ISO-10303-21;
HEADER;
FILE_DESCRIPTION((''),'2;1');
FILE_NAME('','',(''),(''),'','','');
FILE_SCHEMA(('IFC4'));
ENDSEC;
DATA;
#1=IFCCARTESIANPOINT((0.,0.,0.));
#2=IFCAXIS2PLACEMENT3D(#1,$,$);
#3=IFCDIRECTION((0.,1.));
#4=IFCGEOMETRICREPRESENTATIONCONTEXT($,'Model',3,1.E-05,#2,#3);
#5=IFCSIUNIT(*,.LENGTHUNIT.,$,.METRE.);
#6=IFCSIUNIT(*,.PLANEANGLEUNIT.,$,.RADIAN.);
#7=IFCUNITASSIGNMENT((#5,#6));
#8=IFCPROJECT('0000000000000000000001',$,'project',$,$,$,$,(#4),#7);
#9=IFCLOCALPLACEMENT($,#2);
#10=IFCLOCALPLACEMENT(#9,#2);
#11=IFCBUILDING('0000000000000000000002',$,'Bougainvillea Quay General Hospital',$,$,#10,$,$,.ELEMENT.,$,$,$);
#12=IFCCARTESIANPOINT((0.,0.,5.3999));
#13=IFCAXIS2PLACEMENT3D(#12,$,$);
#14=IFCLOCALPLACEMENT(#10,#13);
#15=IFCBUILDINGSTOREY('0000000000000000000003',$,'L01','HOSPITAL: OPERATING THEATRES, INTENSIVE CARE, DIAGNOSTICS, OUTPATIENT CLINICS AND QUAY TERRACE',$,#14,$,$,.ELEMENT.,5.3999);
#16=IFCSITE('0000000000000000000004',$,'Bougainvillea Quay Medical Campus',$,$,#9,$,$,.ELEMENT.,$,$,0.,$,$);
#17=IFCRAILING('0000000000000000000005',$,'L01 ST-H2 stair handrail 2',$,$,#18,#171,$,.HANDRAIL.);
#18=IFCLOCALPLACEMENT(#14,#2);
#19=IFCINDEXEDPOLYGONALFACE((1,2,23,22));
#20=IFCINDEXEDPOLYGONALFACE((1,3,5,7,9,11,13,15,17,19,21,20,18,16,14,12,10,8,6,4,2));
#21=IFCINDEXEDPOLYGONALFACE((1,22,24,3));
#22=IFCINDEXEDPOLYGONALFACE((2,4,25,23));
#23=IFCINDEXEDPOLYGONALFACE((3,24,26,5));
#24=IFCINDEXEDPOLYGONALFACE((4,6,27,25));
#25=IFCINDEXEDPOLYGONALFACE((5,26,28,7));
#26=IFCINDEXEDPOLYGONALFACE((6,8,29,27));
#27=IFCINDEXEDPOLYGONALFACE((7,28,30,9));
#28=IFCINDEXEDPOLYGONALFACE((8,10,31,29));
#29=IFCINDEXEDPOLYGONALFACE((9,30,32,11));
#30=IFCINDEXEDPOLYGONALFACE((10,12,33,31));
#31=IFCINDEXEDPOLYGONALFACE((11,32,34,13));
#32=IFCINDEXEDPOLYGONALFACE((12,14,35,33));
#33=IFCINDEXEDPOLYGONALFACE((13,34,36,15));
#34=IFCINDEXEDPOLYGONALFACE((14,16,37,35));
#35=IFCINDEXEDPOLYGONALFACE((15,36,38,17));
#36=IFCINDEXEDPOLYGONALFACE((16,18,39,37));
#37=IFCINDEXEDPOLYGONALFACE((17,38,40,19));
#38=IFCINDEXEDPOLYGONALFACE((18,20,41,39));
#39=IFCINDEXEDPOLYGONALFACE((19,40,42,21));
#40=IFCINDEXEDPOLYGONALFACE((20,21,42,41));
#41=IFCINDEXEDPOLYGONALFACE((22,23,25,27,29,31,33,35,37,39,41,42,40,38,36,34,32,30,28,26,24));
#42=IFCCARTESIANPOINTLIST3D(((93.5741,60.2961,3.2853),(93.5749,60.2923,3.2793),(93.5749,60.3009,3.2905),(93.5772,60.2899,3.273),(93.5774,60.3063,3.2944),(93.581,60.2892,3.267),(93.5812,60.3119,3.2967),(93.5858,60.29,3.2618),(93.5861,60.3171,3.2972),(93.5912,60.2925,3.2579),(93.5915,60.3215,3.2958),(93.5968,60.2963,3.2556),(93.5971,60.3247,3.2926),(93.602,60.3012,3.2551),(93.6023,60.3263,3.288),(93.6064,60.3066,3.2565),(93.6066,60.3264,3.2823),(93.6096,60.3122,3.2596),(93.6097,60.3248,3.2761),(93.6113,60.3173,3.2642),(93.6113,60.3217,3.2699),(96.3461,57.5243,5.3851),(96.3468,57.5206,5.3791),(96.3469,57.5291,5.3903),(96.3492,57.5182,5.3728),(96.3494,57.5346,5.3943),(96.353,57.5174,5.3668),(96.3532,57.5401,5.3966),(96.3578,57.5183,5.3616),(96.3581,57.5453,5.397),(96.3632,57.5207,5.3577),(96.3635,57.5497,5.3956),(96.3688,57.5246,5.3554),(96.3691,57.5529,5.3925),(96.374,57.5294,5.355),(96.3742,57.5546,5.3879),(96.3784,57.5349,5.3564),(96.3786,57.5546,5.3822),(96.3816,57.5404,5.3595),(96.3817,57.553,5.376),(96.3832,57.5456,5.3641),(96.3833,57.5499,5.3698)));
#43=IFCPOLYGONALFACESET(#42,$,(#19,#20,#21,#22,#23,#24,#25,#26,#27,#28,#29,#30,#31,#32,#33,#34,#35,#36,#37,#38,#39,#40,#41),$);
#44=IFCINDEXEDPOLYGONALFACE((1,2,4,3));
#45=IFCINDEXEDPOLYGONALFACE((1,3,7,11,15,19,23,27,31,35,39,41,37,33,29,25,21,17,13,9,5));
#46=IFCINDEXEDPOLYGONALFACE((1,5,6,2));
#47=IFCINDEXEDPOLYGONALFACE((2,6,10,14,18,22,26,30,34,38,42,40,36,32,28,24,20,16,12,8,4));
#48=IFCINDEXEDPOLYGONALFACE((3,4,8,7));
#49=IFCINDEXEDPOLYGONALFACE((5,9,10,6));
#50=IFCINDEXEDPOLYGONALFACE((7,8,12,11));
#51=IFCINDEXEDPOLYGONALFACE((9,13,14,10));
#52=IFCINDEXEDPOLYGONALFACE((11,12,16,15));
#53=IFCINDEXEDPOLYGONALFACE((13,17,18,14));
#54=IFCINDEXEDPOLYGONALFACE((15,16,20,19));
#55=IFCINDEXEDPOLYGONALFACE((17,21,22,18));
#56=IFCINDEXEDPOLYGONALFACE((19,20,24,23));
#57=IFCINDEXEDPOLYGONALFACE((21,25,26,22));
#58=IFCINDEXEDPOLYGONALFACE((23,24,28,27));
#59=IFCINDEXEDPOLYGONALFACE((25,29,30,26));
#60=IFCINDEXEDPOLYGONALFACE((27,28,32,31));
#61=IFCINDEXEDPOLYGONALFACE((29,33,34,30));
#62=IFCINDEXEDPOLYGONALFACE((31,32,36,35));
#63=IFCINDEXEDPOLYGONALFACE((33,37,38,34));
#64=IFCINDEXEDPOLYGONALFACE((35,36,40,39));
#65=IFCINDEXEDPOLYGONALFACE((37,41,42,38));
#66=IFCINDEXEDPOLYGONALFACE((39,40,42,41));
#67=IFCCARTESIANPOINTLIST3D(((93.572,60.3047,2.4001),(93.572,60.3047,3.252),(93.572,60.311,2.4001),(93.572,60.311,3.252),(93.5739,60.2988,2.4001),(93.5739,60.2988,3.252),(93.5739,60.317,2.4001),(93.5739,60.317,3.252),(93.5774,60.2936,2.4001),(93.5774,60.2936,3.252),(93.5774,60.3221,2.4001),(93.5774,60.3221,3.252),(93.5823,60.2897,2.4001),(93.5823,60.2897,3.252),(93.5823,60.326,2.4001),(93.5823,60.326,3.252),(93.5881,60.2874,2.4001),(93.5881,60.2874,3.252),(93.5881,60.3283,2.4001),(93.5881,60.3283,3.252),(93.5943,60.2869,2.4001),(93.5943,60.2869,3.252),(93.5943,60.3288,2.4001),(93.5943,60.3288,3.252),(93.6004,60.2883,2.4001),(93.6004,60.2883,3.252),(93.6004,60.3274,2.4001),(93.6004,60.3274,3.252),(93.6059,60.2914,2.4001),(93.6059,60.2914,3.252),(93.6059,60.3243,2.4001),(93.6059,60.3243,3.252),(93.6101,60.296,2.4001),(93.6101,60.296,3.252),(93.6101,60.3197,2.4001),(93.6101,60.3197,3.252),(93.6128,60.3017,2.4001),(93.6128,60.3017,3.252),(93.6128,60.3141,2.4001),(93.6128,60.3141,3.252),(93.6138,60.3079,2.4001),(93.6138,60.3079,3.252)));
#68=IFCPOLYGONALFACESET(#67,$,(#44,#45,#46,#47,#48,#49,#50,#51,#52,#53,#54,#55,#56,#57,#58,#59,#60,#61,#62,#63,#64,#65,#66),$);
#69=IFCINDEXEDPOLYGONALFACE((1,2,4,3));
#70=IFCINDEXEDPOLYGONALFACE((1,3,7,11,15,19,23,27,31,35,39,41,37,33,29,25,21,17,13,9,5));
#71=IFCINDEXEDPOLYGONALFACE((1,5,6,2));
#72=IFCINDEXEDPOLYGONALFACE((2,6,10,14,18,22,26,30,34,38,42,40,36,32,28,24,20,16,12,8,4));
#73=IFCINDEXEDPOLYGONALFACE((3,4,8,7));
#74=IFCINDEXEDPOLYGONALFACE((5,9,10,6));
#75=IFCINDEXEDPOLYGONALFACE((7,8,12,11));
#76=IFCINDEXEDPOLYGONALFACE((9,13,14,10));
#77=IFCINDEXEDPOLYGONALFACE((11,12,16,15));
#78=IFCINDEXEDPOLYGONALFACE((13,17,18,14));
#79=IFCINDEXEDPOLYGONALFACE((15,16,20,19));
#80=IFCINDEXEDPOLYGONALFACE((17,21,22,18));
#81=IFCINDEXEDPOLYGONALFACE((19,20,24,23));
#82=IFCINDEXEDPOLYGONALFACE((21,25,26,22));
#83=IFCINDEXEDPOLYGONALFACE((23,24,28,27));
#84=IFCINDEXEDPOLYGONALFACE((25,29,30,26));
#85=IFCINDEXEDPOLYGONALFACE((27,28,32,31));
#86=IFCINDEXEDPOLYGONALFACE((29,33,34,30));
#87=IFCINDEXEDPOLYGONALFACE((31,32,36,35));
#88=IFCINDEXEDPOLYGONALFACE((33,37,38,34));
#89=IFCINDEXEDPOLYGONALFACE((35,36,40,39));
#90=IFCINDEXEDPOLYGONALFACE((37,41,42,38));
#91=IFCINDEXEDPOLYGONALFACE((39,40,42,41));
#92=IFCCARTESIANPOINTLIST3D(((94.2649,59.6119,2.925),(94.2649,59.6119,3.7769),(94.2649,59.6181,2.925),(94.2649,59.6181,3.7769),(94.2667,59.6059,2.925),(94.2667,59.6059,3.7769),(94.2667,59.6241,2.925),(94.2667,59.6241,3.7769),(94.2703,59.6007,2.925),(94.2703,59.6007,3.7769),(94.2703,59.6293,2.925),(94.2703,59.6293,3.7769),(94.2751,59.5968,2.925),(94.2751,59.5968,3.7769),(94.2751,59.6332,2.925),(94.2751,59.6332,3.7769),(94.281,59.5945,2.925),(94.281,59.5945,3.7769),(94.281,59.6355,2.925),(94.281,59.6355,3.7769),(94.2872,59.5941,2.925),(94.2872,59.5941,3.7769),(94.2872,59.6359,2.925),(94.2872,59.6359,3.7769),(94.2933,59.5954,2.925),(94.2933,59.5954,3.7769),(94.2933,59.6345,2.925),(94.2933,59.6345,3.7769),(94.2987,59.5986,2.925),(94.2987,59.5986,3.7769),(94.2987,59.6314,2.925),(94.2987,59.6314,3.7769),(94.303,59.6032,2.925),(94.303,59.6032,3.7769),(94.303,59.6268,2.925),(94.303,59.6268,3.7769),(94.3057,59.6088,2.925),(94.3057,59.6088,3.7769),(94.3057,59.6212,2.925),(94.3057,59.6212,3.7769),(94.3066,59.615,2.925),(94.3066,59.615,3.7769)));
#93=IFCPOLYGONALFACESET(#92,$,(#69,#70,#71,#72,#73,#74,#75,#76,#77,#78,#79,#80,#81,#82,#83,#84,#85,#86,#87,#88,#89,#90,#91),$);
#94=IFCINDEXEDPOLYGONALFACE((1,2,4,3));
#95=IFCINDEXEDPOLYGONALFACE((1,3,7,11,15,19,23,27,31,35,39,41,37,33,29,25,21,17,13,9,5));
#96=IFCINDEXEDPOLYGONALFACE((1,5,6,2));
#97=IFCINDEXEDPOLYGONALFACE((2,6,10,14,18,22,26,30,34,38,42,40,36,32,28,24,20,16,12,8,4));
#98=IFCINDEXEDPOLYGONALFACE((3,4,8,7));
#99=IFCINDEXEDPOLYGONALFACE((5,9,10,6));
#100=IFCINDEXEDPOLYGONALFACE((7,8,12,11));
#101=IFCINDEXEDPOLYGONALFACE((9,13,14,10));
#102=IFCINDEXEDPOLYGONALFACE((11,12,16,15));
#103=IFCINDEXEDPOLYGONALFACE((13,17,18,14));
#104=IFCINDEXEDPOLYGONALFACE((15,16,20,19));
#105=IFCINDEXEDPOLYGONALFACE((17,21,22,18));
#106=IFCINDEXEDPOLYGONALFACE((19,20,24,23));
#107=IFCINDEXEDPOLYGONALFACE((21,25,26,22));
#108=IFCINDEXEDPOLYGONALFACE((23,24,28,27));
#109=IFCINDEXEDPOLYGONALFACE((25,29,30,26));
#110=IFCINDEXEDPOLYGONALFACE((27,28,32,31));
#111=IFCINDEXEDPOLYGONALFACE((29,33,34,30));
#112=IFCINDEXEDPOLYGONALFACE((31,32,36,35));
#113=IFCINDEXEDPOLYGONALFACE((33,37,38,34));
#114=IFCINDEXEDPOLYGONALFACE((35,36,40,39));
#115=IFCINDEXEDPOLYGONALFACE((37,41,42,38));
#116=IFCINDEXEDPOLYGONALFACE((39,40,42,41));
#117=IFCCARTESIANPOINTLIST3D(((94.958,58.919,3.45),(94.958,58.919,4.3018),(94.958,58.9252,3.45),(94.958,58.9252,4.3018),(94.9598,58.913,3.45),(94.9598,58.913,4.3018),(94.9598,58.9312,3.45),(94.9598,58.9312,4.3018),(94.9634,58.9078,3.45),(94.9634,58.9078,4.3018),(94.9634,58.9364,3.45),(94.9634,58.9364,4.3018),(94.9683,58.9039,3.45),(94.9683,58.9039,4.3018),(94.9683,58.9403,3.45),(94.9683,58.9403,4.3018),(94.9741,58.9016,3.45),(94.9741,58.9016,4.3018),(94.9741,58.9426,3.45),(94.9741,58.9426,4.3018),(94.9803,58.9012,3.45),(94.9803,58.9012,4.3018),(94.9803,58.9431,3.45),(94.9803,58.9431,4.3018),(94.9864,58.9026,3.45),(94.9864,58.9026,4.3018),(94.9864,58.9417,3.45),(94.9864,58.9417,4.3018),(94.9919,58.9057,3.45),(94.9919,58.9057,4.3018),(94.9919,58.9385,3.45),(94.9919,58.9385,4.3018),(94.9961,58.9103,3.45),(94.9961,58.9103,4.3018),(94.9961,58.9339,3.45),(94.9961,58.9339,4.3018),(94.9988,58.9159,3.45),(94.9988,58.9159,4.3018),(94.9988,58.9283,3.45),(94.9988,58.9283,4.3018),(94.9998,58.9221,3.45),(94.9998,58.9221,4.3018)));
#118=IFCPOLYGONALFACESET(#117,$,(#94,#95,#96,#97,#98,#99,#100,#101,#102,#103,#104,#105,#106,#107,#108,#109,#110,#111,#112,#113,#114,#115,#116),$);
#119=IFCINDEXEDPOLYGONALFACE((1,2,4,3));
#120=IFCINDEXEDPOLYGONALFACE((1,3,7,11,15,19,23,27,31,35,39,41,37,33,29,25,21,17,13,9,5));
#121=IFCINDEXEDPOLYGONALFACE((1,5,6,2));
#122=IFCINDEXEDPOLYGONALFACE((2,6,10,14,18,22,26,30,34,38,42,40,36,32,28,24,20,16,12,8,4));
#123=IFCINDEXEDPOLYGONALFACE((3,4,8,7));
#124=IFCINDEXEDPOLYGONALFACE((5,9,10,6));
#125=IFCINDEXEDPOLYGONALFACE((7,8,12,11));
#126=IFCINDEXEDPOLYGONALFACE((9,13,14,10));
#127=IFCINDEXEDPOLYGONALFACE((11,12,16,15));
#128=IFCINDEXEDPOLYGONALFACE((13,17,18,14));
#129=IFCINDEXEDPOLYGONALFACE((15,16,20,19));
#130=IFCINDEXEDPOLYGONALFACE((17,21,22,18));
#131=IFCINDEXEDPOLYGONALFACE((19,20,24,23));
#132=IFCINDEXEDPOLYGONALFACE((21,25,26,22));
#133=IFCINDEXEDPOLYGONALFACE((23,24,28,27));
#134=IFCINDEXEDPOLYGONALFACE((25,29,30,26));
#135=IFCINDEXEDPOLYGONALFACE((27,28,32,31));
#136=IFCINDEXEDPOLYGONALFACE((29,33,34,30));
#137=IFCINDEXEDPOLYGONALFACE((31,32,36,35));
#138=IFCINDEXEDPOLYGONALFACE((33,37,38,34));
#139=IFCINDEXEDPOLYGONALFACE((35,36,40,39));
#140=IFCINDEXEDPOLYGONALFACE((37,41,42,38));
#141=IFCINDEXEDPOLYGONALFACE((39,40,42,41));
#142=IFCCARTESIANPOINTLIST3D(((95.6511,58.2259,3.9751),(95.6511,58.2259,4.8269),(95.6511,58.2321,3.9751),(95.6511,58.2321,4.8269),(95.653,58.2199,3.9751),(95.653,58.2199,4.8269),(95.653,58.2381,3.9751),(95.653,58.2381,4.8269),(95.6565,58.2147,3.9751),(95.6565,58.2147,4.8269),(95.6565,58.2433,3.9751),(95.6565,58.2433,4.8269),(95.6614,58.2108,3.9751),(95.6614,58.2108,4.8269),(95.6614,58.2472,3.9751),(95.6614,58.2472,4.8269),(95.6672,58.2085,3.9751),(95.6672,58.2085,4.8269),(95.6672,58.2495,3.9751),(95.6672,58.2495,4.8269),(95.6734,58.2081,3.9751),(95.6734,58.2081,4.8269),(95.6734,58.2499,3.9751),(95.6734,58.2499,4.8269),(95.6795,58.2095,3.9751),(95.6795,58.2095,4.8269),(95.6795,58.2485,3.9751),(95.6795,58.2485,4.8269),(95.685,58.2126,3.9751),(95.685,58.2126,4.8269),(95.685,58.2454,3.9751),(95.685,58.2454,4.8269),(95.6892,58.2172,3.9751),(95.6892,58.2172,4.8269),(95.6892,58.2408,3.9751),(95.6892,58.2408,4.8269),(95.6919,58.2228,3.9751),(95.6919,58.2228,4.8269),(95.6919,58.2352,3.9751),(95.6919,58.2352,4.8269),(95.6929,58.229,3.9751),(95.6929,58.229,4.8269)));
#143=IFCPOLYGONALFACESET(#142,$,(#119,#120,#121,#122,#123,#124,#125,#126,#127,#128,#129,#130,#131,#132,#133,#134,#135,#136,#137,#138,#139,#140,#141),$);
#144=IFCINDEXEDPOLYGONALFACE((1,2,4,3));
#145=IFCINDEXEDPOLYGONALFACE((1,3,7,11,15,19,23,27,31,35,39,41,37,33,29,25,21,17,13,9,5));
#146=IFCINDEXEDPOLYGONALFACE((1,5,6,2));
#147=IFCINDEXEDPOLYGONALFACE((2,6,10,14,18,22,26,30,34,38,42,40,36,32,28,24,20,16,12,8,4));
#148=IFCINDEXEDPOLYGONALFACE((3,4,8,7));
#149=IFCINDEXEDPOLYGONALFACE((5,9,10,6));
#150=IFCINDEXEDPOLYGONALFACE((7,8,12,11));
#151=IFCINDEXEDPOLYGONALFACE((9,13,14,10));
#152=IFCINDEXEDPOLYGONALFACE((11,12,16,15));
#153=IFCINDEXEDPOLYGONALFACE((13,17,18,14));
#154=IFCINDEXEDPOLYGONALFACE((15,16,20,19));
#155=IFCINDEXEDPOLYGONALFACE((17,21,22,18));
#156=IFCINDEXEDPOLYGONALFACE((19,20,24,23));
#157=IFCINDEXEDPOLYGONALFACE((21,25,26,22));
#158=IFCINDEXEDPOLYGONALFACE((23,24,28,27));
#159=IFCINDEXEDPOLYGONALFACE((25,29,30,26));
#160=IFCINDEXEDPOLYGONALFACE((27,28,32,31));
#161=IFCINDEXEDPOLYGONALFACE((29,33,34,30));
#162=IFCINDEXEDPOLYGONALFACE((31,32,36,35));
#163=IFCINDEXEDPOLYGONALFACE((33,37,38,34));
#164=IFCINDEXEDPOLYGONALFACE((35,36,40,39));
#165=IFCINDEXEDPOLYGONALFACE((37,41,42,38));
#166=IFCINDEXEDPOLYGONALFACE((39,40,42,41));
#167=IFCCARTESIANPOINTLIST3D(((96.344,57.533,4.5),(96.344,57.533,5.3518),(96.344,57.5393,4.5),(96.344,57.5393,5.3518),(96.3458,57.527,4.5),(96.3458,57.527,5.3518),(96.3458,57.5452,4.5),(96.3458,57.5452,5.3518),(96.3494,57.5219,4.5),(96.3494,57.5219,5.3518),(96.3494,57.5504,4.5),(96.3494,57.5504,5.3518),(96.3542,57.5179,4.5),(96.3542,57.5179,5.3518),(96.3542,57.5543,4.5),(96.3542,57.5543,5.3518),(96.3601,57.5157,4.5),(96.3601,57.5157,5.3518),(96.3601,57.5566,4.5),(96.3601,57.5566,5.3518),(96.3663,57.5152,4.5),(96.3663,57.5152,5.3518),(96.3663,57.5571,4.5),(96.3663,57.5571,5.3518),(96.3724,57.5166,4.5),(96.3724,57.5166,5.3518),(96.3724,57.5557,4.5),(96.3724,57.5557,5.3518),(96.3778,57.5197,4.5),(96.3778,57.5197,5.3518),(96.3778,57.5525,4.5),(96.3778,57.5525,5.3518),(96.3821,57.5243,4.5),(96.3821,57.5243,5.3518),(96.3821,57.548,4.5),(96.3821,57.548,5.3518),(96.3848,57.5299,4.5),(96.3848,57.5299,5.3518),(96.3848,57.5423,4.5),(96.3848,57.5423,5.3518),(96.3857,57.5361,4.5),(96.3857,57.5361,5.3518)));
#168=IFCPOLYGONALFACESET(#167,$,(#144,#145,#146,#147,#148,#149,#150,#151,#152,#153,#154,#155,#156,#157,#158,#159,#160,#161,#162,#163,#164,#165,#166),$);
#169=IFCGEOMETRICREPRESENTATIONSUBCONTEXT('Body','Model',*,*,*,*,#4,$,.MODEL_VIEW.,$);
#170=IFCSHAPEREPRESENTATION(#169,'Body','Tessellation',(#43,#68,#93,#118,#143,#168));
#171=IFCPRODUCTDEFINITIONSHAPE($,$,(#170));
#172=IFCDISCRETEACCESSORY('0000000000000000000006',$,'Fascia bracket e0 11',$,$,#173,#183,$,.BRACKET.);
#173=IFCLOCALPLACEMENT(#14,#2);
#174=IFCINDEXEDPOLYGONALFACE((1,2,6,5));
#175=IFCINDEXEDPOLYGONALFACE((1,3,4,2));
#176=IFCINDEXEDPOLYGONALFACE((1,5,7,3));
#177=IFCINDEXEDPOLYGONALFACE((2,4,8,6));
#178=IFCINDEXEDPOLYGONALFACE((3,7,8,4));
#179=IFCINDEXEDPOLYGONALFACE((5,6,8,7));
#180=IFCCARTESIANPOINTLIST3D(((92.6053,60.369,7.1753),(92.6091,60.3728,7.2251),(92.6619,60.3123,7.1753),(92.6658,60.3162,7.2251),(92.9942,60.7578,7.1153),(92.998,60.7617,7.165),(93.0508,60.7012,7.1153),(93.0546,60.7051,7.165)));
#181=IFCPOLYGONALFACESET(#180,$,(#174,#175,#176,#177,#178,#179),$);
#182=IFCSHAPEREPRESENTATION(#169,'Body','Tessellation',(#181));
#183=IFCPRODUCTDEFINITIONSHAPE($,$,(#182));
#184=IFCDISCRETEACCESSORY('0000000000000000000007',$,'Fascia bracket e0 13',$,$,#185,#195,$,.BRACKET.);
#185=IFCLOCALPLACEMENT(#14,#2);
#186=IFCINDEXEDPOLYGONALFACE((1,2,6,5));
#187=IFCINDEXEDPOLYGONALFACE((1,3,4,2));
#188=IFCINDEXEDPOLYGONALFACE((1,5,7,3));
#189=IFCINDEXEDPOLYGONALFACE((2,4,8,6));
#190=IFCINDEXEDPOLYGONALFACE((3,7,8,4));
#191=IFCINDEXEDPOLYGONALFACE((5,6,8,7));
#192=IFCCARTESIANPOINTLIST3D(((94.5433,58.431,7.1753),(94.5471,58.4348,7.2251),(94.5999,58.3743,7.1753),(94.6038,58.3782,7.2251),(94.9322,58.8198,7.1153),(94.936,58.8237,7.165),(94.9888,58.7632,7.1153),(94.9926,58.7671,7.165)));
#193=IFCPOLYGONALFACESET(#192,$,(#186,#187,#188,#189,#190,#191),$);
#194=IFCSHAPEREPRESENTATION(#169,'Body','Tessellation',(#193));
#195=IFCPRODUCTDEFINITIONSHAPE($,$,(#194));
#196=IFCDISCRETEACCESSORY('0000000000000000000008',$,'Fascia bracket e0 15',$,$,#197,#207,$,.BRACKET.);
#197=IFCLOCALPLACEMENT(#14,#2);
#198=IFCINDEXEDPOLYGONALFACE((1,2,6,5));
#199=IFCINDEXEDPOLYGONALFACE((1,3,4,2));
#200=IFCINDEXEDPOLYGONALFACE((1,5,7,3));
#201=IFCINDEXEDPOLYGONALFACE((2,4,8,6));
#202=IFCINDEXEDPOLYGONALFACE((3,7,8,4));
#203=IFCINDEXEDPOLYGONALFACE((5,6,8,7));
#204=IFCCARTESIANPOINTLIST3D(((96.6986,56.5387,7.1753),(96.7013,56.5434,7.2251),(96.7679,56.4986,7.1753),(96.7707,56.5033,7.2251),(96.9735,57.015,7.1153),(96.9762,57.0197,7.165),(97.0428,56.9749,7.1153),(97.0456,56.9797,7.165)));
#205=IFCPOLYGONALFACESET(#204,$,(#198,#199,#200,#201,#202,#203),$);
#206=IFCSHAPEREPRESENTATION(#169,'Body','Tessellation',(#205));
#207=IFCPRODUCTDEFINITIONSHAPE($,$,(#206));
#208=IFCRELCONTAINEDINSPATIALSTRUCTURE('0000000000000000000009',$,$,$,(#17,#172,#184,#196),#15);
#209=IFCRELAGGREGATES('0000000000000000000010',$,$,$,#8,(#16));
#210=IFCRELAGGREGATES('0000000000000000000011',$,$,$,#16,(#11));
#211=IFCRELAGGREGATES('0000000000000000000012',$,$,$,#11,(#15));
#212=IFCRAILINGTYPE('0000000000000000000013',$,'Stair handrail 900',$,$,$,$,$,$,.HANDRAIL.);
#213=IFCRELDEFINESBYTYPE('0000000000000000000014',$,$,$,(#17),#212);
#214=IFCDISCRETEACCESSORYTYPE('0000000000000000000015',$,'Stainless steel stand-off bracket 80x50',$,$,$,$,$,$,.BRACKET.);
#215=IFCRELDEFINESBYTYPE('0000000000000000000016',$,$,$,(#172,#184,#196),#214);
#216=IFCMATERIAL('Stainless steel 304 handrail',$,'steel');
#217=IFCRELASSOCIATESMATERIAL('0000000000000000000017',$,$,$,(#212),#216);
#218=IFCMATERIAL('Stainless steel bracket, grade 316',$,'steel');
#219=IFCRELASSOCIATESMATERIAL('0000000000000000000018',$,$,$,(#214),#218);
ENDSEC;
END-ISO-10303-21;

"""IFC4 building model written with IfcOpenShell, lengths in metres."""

from ifc_helpers import new_model, si_unit, direction, frame, origin, origin_2d, place, context, subcontext, project, spatial, rectangle, circle, extrude, material, material_profile, profile_set, type_object, element, save


model = new_model("IFC4")

# Units and contexts
model_context = context("Model", 3, precision=1e-05, world=origin(), true_north=direction((0.0, 1.0)))
body_context = subcontext(model_context, "Body", "Model", "MODEL_VIEW")
ifc_project = project(units=[si_unit("LENGTHUNIT", "METRE"), si_unit("PLANEANGLEUNIT", "RADIAN")], contexts=[model_context])

# Site, building, storey
site_placement = place(None, origin())
site = spatial("IfcSite", under=ifc_project, at=site_placement, Name="Bougainvillea Quay Medical Campus", CompositionType="ELEMENT", RefElevation=0.0)
building_placement = place(site_placement, origin())
building = spatial("IfcBuilding", under=site, at=building_placement, Name="Bougainvillea Quay General Hospital", CompositionType="ELEMENT")
storey_placement = place(building_placement, frame((0.0, 0.0, 5.3999)))
storey = spatial("IfcBuildingStorey", under=building, at=storey_placement, Name="L01", Description="HOSPITAL: OPERATING THEATRES, INTENSIVE CARE, DIAGNOSTICS, OUTPATIENT CLINICS AND QUAY TERRACE", CompositionType="ELEMENT", Elevation=5.3999)

# Railing
ifc_material_1 = material(Name="Stainless steel 304 handrail", Category="steel")
railing_type_1 = type_object("IfcRailingType", Name="Stair handrail 900", PredefinedType="HANDRAIL", material=ifc_material_1)
railing_1_placement = place(storey_placement, frame((93.5928, 60.3079, 2.4001)))
element("IfcRailing", 1, at=railing_1_placement, inside=storey, type_object=railing_type_1, Name="L01 ST-H2 stair handrail 2", PredefinedType="HANDRAIL", context=body_context, shape_type="SweptSolid", body=[
    extrude(circle(Radius=0.0239, at=origin_2d()), frame((0.0, 0.0, 0.876), z_axis=(0.623337, -0.623282, 0.472197), x_axis=(0.707076, 0.707138, 0.0)), (0.0, 0.0, 1.0), 4.447),
    extrude(circle(Radius=0.021, at=origin_2d()), origin(), (0.0, 0.0, 1.0), 0.8518),
    extrude(circle(Radius=0.021, at=origin_2d()), frame((0.6929, -0.6929, 0.5249)), (0.0, 0.0, 1.0), 0.8518),
    extrude(circle(Radius=0.021, at=origin_2d()), frame((1.386, -1.3857, 1.0498)), (0.0, 0.0, 1.0), 0.8518),
    extrude(circle(Radius=0.021, at=origin_2d()), frame((2.0791, -2.0789, 1.575)), (0.0, 0.0, 1.0), 0.8518),
    extrude(circle(Radius=0.021, at=origin_2d()), frame((2.772, -2.7717, 2.0999)), (0.0, 0.0, 1.0), 0.8518),
])

# Discrete accessories
ifc_material_2 = material(Name="Stainless steel bracket, grade 316", Category="steel")
ifc_material_profile_1 = material_profile(ifc_material_2, rectangle(XDim=0.0801, YDim=0.05, at=origin_2d()))
ifc_profile_set_1 = profile_set([ifc_material_profile_1], Name="Stainless steel bracket, grade 316")
discrete_accessory_type = type_object("IfcDiscreteAccessoryType", Name="Stainless steel stand-off bracket 80x50", PredefinedType="BRACKET", material=ifc_profile_set_1)
for number, where, z_axis, x_axis, name in (
    (2, (93.0244, 60.7314, 7.1401), (-0.702928, -0.702928, 0.10855), (0.707107, -0.707107, 0.0), "Fascia bracket e0 11"),
    (3, (94.9624, 58.7935, 7.1401), (-0.702928, -0.702928, 0.10855), (0.707107, -0.707107, 0.0), "Fascia bracket e0 13"),
    (4, (97.0095, 56.9973, 7.1401), (-0.496909, -0.860985, 0.108561), (0.866104, -0.499863, 0.0), "Fascia bracket e0 15"),
):
    element("IfcDiscreteAccessory", number, at=place(storey_placement, frame(where, z_axis=z_axis, x_axis=x_axis)), inside=storey, type_object=discrete_accessory_type, Name=name, PredefinedType="BRACKET", context=body_context, shape_type="SweptSolid", body=[
        extrude(rectangle(XDim=0.0801, YDim=0.05, at=origin_2d()), origin(), (0.0, 0.0, 1.0), 0.5532),
    ])

save(model, "model.ifc")
